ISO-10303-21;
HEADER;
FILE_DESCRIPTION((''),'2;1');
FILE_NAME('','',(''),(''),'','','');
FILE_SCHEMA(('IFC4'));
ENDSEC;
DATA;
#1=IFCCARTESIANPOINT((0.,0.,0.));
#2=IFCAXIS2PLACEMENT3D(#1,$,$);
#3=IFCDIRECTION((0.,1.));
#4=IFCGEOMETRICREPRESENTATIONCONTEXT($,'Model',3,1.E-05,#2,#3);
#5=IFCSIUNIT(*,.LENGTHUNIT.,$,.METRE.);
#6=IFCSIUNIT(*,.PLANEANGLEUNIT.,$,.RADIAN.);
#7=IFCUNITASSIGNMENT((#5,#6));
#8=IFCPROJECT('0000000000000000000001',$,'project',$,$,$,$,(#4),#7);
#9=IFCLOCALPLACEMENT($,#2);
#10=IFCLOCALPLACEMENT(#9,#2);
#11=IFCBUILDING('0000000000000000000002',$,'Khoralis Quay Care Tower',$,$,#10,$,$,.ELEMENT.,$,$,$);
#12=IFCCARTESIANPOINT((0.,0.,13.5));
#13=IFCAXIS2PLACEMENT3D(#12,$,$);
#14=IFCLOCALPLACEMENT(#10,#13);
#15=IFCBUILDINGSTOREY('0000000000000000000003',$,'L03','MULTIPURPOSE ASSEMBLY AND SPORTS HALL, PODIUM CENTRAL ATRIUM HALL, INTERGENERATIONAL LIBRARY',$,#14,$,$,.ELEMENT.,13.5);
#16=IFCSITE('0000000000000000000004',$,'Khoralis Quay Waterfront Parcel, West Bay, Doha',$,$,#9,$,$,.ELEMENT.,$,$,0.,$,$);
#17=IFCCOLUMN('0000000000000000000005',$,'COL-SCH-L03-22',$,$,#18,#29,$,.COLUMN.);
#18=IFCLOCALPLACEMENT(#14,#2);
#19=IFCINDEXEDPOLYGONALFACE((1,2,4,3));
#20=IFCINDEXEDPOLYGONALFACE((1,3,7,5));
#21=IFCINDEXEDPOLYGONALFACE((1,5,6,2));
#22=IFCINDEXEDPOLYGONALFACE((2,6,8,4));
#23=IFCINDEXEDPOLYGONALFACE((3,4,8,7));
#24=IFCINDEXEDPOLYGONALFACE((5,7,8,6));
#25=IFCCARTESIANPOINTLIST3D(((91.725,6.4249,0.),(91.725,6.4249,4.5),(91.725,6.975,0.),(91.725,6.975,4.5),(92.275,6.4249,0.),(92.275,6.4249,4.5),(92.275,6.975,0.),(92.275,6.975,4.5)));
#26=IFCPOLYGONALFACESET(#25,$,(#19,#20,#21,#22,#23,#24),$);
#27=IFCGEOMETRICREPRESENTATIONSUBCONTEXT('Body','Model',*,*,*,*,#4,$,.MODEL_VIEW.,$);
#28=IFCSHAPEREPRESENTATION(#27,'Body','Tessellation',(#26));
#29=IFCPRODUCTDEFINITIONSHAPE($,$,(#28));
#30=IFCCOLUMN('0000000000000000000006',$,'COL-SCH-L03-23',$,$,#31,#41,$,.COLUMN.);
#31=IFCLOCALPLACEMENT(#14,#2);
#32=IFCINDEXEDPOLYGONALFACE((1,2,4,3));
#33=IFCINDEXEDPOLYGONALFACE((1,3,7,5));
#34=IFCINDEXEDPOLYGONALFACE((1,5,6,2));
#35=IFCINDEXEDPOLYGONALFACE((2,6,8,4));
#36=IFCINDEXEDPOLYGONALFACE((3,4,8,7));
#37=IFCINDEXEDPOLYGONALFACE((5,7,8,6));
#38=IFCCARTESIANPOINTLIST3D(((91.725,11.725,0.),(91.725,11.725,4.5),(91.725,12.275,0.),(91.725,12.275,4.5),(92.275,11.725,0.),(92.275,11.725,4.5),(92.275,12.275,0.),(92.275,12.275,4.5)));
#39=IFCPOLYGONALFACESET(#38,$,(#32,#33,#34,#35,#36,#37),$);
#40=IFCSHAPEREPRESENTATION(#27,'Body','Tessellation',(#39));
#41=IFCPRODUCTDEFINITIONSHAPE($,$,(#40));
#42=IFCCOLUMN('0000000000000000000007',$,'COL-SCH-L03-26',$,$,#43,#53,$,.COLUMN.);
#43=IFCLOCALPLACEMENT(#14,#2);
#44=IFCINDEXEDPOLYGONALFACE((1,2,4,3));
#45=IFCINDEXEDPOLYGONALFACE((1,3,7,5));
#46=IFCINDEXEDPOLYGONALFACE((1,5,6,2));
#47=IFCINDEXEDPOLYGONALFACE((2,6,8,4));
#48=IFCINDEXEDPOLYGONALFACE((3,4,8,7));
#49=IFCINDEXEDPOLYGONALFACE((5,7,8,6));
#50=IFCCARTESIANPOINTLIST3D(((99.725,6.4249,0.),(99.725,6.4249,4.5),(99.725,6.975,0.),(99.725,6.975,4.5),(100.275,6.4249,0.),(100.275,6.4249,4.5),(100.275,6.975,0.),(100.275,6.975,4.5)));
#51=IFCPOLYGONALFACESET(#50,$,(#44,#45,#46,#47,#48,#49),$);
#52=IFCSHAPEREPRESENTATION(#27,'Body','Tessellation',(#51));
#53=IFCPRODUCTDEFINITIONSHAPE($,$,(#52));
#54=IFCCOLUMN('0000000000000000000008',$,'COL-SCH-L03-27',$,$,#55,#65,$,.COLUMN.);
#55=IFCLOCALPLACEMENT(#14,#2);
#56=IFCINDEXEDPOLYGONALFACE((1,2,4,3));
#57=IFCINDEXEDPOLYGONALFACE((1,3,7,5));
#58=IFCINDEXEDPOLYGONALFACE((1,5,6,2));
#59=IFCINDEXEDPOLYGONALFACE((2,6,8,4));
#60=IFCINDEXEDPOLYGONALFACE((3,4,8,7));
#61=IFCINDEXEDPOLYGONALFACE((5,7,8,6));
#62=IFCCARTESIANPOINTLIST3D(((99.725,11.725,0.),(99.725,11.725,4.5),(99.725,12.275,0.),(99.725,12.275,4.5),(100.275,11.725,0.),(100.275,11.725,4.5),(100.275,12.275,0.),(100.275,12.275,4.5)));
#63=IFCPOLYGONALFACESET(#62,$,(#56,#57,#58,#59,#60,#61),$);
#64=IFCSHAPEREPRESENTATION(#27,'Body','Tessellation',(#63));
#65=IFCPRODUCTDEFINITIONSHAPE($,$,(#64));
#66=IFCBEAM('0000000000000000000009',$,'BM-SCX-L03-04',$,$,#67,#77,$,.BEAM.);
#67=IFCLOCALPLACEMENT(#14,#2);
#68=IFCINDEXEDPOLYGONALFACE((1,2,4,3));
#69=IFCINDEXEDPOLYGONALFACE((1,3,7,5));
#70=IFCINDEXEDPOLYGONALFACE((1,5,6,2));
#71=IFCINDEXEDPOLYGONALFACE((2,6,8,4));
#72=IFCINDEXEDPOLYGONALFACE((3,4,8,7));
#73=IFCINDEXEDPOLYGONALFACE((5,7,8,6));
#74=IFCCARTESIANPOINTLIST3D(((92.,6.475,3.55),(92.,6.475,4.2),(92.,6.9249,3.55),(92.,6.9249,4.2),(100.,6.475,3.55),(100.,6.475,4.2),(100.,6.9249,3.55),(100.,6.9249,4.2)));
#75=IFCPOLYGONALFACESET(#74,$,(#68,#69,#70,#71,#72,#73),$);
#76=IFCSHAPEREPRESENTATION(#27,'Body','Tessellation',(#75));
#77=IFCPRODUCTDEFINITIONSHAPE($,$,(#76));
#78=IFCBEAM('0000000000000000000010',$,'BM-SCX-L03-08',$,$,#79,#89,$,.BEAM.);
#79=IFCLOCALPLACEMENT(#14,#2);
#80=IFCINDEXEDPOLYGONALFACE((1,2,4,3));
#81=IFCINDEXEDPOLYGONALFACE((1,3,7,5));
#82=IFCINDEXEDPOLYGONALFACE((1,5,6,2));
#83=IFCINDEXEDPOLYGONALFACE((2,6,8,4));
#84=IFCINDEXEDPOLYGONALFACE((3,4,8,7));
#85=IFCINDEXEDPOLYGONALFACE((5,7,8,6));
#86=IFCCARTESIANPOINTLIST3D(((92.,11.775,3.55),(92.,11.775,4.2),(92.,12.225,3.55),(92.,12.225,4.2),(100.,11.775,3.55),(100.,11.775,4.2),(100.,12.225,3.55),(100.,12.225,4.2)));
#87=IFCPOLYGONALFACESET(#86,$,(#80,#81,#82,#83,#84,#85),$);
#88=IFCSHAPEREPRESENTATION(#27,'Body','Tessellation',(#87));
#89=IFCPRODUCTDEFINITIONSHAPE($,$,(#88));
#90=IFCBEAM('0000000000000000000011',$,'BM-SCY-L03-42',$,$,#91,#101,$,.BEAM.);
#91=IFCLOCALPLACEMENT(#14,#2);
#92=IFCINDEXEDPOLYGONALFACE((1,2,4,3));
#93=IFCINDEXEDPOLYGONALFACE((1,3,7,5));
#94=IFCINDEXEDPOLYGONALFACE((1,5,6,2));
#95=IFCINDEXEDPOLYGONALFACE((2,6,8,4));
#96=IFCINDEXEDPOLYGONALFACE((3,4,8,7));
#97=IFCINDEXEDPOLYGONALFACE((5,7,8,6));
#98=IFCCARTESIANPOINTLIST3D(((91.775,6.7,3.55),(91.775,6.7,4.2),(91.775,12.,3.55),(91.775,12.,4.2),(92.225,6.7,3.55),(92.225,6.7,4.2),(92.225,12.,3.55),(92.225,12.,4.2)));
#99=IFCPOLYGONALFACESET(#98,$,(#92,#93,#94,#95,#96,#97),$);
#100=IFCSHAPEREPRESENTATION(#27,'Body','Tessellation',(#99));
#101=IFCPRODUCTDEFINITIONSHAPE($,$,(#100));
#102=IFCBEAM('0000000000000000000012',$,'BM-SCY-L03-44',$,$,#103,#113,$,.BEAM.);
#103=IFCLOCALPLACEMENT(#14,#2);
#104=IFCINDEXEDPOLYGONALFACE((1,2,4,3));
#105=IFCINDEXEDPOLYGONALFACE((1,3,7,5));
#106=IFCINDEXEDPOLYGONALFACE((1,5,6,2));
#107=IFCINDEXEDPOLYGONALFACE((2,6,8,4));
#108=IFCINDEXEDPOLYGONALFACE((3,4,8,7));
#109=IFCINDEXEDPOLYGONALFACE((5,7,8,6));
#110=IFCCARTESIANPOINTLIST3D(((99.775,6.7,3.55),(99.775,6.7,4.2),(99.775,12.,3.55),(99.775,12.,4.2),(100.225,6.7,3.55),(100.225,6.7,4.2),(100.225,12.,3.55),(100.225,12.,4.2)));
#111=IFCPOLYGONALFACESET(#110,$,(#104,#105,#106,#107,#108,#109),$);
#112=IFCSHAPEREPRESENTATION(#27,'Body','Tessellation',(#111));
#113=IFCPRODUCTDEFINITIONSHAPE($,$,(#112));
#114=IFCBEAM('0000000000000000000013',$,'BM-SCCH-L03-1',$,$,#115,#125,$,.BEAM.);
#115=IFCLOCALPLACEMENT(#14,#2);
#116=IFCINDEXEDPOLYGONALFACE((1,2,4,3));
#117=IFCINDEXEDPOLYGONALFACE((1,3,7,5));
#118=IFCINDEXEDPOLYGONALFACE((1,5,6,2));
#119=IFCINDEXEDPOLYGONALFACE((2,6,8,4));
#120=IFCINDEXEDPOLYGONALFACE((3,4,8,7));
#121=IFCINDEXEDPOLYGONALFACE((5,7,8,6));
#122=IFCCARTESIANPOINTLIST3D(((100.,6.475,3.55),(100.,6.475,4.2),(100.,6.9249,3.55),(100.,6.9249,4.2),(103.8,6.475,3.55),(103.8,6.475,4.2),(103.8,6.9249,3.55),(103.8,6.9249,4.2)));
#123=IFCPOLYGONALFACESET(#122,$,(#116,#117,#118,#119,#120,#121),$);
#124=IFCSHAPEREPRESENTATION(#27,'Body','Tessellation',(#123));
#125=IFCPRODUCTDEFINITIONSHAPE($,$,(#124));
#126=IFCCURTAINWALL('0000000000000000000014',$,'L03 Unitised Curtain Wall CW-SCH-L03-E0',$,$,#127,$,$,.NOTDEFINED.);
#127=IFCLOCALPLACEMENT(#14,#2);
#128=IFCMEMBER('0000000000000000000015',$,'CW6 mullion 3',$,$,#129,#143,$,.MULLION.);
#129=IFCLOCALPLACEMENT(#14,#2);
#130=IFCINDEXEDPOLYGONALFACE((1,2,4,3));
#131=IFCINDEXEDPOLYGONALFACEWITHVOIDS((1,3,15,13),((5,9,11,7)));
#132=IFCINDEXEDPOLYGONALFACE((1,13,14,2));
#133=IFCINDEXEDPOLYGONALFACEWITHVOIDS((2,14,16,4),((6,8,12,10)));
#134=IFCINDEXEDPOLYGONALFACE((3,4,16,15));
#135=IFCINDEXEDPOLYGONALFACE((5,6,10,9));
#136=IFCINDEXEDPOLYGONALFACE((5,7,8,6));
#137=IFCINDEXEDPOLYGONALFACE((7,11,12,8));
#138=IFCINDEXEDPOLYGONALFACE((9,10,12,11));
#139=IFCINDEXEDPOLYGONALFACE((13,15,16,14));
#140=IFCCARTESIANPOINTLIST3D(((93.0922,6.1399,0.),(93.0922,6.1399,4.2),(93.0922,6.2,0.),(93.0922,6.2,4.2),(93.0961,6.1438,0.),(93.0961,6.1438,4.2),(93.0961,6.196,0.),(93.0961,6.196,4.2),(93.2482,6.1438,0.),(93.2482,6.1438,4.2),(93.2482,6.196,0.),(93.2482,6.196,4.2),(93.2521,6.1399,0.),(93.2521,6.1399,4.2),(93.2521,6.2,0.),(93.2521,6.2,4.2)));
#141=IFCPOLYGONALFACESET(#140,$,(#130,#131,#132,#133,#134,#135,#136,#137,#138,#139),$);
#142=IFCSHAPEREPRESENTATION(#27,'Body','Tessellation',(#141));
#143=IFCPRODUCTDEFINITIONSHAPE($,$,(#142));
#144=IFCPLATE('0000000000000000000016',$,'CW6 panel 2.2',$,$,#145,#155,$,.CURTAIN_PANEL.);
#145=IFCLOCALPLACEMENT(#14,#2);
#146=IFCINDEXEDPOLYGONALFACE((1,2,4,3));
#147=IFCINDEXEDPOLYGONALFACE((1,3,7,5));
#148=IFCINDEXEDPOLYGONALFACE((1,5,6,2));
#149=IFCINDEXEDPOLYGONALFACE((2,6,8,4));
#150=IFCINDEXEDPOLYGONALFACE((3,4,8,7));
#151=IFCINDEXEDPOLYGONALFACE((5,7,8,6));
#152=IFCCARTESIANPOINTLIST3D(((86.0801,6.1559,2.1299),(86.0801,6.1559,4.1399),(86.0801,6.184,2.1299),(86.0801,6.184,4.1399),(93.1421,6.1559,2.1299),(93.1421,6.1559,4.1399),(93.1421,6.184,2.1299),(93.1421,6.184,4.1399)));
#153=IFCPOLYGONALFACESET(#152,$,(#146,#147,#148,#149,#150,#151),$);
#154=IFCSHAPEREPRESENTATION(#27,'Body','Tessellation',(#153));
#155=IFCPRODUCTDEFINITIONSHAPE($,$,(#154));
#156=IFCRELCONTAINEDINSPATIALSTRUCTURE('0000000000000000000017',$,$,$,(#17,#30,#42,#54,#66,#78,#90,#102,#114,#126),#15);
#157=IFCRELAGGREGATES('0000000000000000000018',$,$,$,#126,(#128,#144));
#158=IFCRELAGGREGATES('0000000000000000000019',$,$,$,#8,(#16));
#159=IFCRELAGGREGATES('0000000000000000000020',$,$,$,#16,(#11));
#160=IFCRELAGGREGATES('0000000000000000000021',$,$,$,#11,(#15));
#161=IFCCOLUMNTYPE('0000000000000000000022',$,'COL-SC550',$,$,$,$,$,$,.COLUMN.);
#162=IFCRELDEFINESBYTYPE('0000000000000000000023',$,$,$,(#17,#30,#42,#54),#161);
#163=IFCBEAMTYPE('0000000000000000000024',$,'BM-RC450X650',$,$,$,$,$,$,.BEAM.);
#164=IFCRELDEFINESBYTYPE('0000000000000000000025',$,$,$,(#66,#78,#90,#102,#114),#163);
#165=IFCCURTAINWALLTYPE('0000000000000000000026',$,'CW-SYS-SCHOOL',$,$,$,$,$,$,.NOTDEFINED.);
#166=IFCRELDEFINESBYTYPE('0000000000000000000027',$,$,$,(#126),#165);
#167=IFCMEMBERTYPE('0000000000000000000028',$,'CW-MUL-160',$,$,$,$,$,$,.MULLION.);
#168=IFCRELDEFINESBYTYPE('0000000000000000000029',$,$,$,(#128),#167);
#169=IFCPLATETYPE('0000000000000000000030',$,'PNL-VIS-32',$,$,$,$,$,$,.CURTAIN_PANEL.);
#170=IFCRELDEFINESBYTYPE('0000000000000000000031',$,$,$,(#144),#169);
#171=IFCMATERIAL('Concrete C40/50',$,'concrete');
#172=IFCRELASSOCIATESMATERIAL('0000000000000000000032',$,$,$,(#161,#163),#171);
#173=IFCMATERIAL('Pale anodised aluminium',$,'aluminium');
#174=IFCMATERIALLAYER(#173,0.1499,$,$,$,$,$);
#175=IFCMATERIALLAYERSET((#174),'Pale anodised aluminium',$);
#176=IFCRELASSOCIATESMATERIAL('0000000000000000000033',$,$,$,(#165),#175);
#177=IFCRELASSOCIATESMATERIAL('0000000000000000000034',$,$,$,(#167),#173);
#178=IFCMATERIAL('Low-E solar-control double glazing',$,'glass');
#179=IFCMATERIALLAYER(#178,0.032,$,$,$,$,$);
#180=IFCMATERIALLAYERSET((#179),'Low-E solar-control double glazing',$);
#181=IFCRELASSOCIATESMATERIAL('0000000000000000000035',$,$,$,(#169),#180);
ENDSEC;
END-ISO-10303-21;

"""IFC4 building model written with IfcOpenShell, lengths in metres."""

from ifc_helpers import new_model, si_unit, direction, frame, origin, origin_2d, place, context, subcontext, project, spatial, rectangle, hollow_rectangle, extrude, source, transform, mapped, material, layer, layer_set, material_profile, profile_set, type_object, element, aggregate, save


model = new_model("IFC4")

# Units and contexts
model_context = context("Model", 3, precision=1e-05, world=origin(), true_north=direction((0.0, 1.0)))
body_context = subcontext(model_context, "Body", "Model", "MODEL_VIEW")
ifc_project = project(units=[si_unit("LENGTHUNIT", "METRE"), si_unit("PLANEANGLEUNIT", "RADIAN")], contexts=[model_context])

# Site, building, storey
site_placement = place(None, origin())
site = spatial("IfcSite", under=ifc_project, at=site_placement, Name="Khoralis Quay Waterfront Parcel, West Bay, Doha", CompositionType="ELEMENT", RefElevation=0.0)
building_placement = place(site_placement, origin())
building = spatial("IfcBuilding", under=site, at=building_placement, Name="Khoralis Quay Care Tower", CompositionType="ELEMENT")
storey_placement = place(building_placement, frame((0.0, 0.0, 13.5)))
storey = spatial("IfcBuildingStorey", under=building, at=storey_placement, Name="L03", Description="MULTIPURPOSE ASSEMBLY AND SPORTS HALL, PODIUM CENTRAL ATRIUM HALL, INTERGENERATIONAL LIBRARY", CompositionType="ELEMENT", Elevation=13.5)

# Columns
ifc_material_1 = material(Name="Concrete C40/50", Category="concrete")
ifc_material_profile_1 = material_profile(ifc_material_1, rectangle(XDim=0.55, YDim=0.55, at=origin_2d()), Name="Concrete C40/50")
ifc_profile_set_1 = profile_set([ifc_material_profile_1], Name="Concrete C40/50")
column_type = type_object("IfcColumnType", Name="COL-SC550", PredefinedType="COLUMN", material=ifc_profile_set_1)
shared_shape_1 = source(origin(), body_context, "Body", "SweptSolid", [
    extrude(rectangle(XDim=0.55, YDim=0.55, at=origin_2d()), origin(), (0.0, 0.0, 1.0), 4.5),
])
for number, where, z_axis, x_axis, name in (
    (1, (92.0, 6.7, 0.0), (0.0, 0.0, 1.0), (1.0, 0.0, 0.0), "COL-SCH-L03-22"),
    (2, (92.0, 12.0, 0.0), (0.0, 0.0, 1.0), (1.0, 0.0, 0.0), "COL-SCH-L03-23"),
    (3, (100.0, 6.7, 0.0), (0.0, 0.0, 1.0), (1.0, 0.0, 0.0), "COL-SCH-L03-26"),
    (4, (100.0, 12.0, 0.0), (0.0, 0.0, 1.0), (1.0, 0.0, 0.0), "COL-SCH-L03-27"),
):
    element("IfcColumn", number, at=place(storey_placement, frame(where, z_axis=z_axis, x_axis=x_axis)), inside=storey, type_object=column_type, Name=name, PredefinedType="COLUMN", context=body_context, shape_type="MappedRepresentation", body=[
        mapped(shared_shape_1, transform((0.0, 0.0, 0.0), scale=1.0)),
    ])

# Beams
ifc_material_profile_2 = material_profile(ifc_material_1, rectangle(XDim=0.45, YDim=0.6499, at=origin_2d()), Name="Concrete C40/50")
ifc_profile_set_2 = profile_set([ifc_material_profile_2], Name="Concrete C40/50")
beam_type = type_object("IfcBeamType", Name="BM-RC450X650", PredefinedType="BEAM", material=ifc_profile_set_2)
shared_shape_2 = source(origin(), body_context, "Body", "SweptSolid", [
    extrude(rectangle(XDim=0.45, YDim=0.6499, at=origin_2d()), origin(), (0.0, 0.0, 1.0), 8.0),
])
for number, where, z_axis, x_axis, name in (
    (5, (92.0, 6.7, 3.875), (1.0, 0.0, 0.0), (0.0, 1.0, 0.0), "BM-SCX-L03-04"),
    (6, (92.0, 12.0, 3.875), (1.0, 0.0, 0.0), (0.0, 1.0, 0.0), "BM-SCX-L03-08"),
):
    element("IfcBeam", number, at=place(storey_placement, frame(where, z_axis=z_axis, x_axis=x_axis)), inside=storey, type_object=beam_type, Name=name, PredefinedType="BEAM", context=body_context, shape_type="MappedRepresentation", body=[
        mapped(shared_shape_2, transform((0.0, 0.0, 0.0), scale=1.0)),
    ])
shared_shape_3 = source(origin(), body_context, "Body", "SweptSolid", [
    extrude(rectangle(XDim=0.45, YDim=0.6499, at=origin_2d()), origin(), (0.0, 0.0, 1.0), 5.3),
])
for number, where, z_axis, x_axis, name in (
    (7, (92.0, 6.7, 3.875), (0.0, 1.0, 0.0), (-1.0, 0.0, 0.0), "BM-SCY-L03-42"),
    (8, (100.0, 6.7, 3.875), (0.0, 1.0, 0.0), (-1.0, 0.0, 0.0), "BM-SCY-L03-44"),
):
    element("IfcBeam", number, at=place(storey_placement, frame(where, z_axis=z_axis, x_axis=x_axis)), inside=storey, type_object=beam_type, Name=name, PredefinedType="BEAM", context=body_context, shape_type="MappedRepresentation", body=[
        mapped(shared_shape_3, transform((0.0, 0.0, 0.0), scale=1.0)),
    ])
shared_shape_4 = source(origin(), body_context, "Body", "SweptSolid", [
    extrude(rectangle(XDim=0.45, YDim=0.6499, at=origin_2d()), origin(), (0.0, 0.0, 1.0), 3.8),
])
beam_placement = place(storey_placement, frame((100.0, 6.7, 3.875), z_axis=(1.0, 0.0, 0.0), x_axis=(0.0, 1.0, 0.0)))
element("IfcBeam", 9, at=beam_placement, inside=storey, type_object=beam_type, Name="BM-SCCH-L03-1", PredefinedType="BEAM", context=body_context, shape_type="MappedRepresentation", body=[
    mapped(shared_shape_4, transform((0.0, 0.0, 0.0), scale=1.0)),
])

# Curtain wall, member, plate
ifc_material_2 = material(Name="Pale anodised aluminium", Category="aluminium")
ifc_layer_1 = layer(ifc_material_2, 0.1499)
ifc_layer_set_1 = layer_set([ifc_layer_1], Name="Pale anodised aluminium")
curtain_wall_type = type_object("IfcCurtainWallType", Name="CW-SYS-SCHOOL", PredefinedType="NOTDEFINED", material=ifc_layer_set_1)
curtain_wall_placement = place(storey_placement, origin())
curtain_wall = element("IfcCurtainWall", 10, at=curtain_wall_placement, inside=storey, type_object=curtain_wall_type, Name="L03 Unitised Curtain Wall CW-SCH-L03-E0", PredefinedType="NOTDEFINED")
ifc_material_profile_3 = material_profile(ifc_material_2, hollow_rectangle(XDim=0.0601, YDim=0.1599, WallThickness=0.0039, at=origin_2d()), Name="Pale anodised aluminium")
ifc_profile_set_3 = profile_set([ifc_material_profile_3], Name="Pale anodised aluminium")
member_type = type_object("IfcMemberType", Name="CW-MUL-160", PredefinedType="MULLION", material=ifc_profile_set_3)
shared_shape_5 = source(origin(), body_context, "Body", "SweptSolid", [
    extrude(hollow_rectangle(XDim=0.0601, YDim=0.1599, WallThickness=0.0039, at=origin_2d()), origin(), (0.0, 0.0, 1.0), 4.2),
])
member_placement = place(storey_placement, frame((93.1721, 6.1699, 0.0), z_axis=(0.0, 0.0, 1.0), x_axis=(0.0, 1.0, 0.0)))
member = element("IfcMember", 11, at=member_placement, type_object=member_type, Name="CW6 mullion 3", PredefinedType="MULLION", context=body_context, shape_type="MappedRepresentation", body=[
    mapped(shared_shape_5, transform((0.0, 0.0, 0.0), scale=1.0)),
])
ifc_material_3 = material(Name="Low-E solar-control double glazing", Category="glass")
ifc_layer_2 = layer(ifc_material_3, 0.032)
ifc_layer_set_2 = layer_set([ifc_layer_2], Name="Low-E solar-control double glazing")
plate_type = type_object("IfcPlateType", Name="PNL-VIS-32", PredefinedType="CURTAIN_PANEL", material=ifc_layer_set_2)
shared_shape_6 = source(origin(), body_context, "Body", "SweptSolid", [
    extrude(rectangle(XDim=7.062, YDim=0.0281, at=origin_2d()), origin(), (0.0, 0.0, 1.0), 2.01),
])
plate_placement = place(storey_placement, frame((89.6111, 6.1699, 2.1299), z_axis=(0.0, 0.0, 1.0), x_axis=(1.0, 0.0, 0.0)))
plate = element("IfcPlate", 12, at=plate_placement, type_object=plate_type, Name="CW6 panel 2.2", PredefinedType="CURTAIN_PANEL", context=body_context, shape_type="MappedRepresentation", body=[
    mapped(shared_shape_6, transform((0.0, 0.0, 0.0), scale=1.0)),
])
aggregate(curtain_wall, [member, plate])

save(model, "model.ifc")
